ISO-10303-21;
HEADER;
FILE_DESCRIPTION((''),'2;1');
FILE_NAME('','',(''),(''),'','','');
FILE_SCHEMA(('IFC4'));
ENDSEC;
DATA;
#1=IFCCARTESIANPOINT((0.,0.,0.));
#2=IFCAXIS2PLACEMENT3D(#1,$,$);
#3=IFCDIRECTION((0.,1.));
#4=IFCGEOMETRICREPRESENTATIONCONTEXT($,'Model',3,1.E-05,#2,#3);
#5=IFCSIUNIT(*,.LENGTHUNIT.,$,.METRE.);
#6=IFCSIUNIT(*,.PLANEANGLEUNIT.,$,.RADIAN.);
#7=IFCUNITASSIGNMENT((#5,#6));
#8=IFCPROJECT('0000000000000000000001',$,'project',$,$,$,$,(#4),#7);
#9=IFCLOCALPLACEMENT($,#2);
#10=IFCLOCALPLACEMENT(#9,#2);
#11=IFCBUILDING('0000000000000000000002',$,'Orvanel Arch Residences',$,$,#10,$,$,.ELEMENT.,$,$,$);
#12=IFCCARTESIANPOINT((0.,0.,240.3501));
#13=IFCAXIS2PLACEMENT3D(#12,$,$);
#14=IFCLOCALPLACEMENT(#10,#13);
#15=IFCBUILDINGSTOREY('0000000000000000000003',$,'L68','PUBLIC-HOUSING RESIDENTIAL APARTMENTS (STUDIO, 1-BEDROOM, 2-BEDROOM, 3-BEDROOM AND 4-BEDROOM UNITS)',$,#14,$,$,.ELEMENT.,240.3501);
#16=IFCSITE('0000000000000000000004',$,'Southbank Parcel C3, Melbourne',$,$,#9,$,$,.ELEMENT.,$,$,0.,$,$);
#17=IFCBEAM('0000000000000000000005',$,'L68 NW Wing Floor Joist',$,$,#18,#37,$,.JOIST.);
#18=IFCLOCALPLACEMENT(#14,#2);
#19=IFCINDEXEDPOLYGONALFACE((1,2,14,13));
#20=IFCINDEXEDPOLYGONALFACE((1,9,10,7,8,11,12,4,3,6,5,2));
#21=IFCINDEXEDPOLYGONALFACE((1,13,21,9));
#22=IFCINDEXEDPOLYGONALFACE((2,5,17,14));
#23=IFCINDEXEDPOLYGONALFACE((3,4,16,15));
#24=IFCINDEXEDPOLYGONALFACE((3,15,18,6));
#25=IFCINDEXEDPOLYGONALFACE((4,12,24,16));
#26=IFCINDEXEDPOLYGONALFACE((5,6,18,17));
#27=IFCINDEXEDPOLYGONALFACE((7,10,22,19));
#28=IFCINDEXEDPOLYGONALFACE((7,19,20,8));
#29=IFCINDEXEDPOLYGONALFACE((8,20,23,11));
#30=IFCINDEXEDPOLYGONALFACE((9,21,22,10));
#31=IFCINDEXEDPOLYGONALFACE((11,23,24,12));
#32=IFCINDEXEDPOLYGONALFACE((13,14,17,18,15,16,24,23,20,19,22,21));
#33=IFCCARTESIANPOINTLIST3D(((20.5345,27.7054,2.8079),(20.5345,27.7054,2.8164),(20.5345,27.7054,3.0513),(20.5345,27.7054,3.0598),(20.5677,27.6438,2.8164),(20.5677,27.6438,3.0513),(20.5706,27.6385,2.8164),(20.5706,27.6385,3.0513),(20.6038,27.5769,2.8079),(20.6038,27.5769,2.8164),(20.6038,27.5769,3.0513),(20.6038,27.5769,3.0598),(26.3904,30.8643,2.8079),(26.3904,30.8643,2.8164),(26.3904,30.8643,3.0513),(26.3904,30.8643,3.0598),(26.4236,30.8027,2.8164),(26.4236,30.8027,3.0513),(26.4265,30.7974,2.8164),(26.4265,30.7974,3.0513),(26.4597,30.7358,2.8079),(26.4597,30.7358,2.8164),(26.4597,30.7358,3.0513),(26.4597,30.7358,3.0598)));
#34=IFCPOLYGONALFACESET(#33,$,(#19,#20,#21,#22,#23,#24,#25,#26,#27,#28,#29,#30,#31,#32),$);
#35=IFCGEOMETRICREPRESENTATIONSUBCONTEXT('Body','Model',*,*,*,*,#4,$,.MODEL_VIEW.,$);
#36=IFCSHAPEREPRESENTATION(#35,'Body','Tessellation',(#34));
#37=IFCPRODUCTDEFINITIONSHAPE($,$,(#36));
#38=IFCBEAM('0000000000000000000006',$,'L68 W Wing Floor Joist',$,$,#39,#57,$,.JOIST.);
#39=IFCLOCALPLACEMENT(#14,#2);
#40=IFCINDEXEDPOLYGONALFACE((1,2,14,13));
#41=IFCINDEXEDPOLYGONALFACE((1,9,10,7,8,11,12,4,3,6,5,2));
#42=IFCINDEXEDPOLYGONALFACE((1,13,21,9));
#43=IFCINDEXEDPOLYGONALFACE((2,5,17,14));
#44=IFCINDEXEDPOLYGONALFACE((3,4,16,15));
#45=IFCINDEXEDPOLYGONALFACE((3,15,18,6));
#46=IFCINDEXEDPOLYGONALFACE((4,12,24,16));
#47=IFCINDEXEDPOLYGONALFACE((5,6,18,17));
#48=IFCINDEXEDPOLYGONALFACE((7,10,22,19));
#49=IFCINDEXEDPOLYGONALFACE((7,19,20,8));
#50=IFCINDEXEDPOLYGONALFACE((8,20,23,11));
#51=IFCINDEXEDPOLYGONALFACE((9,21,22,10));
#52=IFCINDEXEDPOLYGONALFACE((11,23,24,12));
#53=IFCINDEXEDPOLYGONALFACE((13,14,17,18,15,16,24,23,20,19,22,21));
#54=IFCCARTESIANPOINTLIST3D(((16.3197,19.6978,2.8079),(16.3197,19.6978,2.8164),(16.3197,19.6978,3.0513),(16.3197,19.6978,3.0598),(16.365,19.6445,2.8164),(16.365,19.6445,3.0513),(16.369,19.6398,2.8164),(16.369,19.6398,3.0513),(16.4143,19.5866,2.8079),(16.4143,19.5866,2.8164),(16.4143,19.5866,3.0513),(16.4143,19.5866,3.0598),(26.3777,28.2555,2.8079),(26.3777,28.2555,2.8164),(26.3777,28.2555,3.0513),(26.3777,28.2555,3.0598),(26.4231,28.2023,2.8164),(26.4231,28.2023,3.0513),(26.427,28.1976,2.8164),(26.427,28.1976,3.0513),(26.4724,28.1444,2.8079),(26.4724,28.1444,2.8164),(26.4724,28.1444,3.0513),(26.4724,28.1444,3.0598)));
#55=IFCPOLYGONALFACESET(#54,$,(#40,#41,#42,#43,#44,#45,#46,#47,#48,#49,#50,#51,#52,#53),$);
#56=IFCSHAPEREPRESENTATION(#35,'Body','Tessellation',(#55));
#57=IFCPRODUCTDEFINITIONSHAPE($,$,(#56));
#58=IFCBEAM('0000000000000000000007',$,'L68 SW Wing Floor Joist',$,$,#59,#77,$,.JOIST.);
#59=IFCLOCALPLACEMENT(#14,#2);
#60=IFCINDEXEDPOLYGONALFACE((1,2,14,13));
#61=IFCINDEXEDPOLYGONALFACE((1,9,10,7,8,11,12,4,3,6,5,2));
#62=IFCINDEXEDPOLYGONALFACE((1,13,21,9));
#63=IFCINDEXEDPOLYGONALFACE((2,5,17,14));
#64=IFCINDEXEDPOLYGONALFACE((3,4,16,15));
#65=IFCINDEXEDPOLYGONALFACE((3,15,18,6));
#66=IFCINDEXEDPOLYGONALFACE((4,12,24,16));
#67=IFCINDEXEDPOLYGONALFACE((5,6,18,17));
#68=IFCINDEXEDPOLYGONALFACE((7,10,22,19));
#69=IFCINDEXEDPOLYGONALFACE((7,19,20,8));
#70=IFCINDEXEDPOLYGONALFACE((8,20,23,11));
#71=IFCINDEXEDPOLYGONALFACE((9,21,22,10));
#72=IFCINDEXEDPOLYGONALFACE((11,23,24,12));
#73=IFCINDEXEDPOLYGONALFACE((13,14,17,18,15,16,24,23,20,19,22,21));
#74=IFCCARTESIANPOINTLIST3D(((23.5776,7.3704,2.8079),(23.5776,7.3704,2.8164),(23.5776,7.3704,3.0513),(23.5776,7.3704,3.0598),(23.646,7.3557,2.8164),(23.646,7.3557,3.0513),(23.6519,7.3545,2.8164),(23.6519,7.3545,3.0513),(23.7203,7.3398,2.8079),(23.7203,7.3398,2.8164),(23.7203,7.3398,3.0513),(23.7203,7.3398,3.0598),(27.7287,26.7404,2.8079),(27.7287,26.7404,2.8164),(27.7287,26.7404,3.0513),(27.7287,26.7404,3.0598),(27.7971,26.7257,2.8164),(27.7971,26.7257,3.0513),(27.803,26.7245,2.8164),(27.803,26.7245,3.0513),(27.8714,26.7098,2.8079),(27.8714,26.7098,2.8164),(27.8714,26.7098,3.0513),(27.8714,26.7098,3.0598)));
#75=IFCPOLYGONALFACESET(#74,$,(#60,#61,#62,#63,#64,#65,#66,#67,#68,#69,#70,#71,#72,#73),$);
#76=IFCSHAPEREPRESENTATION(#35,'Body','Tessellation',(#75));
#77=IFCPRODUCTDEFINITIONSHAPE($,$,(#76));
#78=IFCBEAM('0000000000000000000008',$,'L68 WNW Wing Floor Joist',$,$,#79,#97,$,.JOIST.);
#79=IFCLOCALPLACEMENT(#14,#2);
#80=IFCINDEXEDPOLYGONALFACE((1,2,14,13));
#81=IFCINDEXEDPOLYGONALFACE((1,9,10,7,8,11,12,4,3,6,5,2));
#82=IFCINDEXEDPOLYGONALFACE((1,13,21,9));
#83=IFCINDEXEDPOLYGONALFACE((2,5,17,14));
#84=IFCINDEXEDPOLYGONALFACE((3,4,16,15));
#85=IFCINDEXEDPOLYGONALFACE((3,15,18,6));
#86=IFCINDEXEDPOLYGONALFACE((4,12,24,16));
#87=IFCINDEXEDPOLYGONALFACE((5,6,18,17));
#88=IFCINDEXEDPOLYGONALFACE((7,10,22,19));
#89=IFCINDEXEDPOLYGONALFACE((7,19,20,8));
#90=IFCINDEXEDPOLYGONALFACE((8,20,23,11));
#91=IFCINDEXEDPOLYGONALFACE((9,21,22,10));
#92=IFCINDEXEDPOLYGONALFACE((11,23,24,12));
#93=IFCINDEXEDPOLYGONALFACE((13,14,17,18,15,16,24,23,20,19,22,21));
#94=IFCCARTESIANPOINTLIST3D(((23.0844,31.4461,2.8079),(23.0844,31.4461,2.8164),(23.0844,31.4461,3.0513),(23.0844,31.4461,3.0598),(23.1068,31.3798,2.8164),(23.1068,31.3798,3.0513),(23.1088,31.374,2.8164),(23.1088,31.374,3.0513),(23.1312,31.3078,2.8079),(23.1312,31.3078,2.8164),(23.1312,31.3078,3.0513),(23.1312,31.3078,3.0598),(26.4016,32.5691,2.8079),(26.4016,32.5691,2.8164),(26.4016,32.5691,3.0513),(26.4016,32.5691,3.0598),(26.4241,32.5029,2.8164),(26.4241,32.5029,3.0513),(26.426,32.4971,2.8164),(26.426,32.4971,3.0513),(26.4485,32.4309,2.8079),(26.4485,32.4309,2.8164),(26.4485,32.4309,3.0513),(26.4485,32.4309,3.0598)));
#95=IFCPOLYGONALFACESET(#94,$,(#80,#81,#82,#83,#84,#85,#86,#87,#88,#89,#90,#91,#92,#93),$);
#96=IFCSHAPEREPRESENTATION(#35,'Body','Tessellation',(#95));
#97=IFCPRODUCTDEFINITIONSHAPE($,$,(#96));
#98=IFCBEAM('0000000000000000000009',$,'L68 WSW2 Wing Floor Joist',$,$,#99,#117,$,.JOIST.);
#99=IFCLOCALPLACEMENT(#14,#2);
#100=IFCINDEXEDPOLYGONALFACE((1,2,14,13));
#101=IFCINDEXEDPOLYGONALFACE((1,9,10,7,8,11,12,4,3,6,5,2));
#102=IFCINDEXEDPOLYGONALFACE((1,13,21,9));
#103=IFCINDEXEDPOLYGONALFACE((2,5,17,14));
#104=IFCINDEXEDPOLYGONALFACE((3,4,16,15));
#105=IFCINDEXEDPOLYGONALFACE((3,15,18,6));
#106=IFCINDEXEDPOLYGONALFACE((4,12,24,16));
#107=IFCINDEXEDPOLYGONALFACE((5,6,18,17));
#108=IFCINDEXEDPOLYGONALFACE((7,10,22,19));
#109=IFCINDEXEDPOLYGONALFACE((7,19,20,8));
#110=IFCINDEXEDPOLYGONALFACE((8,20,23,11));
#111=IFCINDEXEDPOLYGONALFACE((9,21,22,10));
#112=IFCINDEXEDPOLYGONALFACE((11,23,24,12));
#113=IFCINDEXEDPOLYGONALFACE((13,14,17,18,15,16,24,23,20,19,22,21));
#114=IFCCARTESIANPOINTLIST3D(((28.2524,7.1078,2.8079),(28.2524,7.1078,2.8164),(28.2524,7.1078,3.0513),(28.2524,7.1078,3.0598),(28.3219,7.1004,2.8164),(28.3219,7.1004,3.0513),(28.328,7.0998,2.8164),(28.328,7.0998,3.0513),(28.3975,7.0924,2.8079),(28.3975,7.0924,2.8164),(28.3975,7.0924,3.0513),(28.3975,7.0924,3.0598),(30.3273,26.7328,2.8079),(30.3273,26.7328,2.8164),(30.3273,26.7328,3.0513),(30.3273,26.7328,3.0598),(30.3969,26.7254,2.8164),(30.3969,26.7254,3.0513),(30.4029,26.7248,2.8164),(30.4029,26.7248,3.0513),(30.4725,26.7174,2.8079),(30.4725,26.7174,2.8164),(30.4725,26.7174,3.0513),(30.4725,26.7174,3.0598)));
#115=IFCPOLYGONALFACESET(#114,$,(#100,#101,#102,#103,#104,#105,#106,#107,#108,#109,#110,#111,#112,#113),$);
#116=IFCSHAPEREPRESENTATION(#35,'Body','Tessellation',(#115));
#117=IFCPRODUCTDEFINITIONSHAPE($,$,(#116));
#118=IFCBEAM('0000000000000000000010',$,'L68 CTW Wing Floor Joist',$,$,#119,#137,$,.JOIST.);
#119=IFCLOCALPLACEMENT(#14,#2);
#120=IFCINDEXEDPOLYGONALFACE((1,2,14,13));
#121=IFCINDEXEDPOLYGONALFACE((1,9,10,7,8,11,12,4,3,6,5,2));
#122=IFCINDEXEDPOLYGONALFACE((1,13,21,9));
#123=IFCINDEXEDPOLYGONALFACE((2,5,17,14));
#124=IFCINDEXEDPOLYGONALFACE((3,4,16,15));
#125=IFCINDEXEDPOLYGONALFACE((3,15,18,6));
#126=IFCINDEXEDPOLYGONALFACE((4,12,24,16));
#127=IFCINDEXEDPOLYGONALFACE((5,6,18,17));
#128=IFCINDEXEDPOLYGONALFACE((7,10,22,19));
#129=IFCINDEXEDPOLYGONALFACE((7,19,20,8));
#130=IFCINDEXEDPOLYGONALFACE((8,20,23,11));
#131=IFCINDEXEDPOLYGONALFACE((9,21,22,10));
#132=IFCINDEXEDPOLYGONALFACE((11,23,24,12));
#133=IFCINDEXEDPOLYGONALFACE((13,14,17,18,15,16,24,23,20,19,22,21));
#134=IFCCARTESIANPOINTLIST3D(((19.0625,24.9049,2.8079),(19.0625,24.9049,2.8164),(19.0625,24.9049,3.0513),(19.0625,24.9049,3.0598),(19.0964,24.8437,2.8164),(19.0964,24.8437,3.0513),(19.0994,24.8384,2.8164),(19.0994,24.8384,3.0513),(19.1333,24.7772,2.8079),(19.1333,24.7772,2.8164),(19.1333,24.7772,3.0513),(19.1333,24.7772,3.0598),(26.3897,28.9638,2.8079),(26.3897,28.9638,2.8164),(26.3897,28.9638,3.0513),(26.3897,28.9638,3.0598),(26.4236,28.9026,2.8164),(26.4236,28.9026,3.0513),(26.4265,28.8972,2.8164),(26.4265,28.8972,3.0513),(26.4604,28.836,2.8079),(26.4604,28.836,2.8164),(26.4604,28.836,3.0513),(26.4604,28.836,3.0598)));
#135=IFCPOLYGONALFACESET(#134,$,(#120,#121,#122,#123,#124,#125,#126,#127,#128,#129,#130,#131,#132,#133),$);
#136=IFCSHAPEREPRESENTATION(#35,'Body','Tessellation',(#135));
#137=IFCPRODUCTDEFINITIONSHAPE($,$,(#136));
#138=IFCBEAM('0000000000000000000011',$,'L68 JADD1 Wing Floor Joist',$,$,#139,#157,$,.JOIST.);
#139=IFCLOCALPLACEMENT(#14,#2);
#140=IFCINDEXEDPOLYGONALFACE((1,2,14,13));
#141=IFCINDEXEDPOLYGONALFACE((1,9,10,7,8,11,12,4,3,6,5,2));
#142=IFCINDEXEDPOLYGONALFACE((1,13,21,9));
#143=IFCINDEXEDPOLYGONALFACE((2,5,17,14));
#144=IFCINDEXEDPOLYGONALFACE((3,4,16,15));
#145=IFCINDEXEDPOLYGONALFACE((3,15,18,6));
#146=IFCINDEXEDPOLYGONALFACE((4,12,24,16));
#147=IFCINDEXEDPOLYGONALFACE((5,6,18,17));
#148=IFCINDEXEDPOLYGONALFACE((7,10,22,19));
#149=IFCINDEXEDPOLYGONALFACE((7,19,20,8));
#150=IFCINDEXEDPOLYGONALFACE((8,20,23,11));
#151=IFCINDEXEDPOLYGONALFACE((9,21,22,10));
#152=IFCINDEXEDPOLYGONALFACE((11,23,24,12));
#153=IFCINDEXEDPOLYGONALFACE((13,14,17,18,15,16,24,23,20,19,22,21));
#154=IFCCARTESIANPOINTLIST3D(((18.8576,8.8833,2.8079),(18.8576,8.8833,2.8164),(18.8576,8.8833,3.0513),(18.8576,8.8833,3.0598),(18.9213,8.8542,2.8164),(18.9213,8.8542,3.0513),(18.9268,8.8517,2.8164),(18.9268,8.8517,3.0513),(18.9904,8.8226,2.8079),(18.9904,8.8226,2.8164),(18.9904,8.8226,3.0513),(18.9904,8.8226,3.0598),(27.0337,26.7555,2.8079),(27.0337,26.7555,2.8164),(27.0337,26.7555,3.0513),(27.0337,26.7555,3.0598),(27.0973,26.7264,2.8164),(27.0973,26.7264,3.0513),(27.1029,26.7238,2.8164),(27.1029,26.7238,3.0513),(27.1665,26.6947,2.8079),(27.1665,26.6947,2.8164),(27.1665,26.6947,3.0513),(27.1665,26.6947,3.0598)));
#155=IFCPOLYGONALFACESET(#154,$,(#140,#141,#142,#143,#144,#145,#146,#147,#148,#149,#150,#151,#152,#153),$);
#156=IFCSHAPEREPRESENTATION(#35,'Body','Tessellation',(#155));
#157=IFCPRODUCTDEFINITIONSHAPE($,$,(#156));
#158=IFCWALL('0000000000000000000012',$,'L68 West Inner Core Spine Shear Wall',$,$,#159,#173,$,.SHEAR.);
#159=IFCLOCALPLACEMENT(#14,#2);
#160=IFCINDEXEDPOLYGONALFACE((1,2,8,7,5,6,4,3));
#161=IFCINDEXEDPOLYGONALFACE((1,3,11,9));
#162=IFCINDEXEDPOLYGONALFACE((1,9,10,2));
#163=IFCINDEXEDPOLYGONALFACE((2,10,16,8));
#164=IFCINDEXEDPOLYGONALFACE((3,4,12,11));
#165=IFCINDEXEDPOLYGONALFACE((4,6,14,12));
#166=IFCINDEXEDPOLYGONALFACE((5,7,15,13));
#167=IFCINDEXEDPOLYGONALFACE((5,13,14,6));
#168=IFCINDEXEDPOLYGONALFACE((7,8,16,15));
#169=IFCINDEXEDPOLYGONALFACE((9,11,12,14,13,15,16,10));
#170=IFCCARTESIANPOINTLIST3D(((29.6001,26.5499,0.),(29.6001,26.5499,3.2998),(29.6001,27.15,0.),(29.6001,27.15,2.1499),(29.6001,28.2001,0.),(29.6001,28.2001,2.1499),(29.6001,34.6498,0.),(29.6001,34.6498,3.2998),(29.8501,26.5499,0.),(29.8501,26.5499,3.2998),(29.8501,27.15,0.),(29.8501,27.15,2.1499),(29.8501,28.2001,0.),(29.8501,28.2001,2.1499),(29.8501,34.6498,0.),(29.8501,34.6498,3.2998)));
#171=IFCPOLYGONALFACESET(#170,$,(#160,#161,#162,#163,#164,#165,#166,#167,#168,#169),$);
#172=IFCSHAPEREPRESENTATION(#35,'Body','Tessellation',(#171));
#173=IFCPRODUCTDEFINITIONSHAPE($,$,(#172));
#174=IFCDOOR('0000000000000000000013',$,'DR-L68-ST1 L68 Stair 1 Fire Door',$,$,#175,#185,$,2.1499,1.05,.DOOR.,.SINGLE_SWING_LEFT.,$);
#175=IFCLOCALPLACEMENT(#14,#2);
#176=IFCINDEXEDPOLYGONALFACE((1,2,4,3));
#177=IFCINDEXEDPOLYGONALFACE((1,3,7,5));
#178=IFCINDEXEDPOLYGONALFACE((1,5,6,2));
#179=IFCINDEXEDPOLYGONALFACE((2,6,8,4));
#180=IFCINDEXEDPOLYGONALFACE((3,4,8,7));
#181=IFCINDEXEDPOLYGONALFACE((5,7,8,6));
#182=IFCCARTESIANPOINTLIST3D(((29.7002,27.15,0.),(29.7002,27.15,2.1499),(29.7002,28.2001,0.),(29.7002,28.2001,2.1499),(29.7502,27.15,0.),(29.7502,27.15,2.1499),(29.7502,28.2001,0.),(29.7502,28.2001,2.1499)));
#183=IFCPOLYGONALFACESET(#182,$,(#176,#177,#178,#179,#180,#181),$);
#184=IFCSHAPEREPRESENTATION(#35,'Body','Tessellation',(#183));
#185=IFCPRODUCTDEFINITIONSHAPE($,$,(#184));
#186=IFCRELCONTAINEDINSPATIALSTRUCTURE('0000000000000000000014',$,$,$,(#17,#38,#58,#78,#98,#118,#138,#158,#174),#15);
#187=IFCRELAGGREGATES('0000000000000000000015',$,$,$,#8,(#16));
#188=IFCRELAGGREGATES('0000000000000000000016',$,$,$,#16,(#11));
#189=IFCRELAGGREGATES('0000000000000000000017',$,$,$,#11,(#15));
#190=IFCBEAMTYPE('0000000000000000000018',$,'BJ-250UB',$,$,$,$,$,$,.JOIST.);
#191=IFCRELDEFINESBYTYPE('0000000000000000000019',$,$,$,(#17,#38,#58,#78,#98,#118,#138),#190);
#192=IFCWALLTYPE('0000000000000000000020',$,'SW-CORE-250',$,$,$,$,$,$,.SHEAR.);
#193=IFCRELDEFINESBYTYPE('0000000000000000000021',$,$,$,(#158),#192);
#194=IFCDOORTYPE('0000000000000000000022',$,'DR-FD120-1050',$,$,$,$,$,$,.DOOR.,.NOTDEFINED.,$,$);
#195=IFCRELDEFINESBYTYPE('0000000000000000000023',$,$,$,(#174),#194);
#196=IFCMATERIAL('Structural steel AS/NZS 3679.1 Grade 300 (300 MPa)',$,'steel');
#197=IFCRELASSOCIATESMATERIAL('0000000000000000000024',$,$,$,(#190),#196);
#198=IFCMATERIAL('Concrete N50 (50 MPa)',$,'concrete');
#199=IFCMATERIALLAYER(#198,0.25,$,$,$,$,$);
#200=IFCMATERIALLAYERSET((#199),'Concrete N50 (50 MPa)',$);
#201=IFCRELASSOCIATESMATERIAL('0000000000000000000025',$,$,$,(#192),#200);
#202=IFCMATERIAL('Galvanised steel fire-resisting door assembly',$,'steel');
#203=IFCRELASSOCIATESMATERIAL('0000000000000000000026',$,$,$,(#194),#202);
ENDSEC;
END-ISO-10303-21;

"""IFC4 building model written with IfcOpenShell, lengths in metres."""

from ifc_helpers import new_model, si_unit, direction, frame, frame_2d, origin, origin_2d, place, context, subcontext, project, spatial, rectangle, i_section, extrude, material, layer, layer_set, material_profile, profile_set, type_object, element, fill, save


model = new_model("IFC4")

# Units and contexts
model_context = context("Model", 3, precision=1e-05, world=origin(), true_north=direction((0.0, 1.0)))
body_context = subcontext(model_context, "Body", "Model", "MODEL_VIEW")
ifc_project = project(units=[si_unit("LENGTHUNIT", "METRE"), si_unit("PLANEANGLEUNIT", "RADIAN")], contexts=[model_context])

# Site, building, storey
site_placement = place(None, origin())
site = spatial("IfcSite", under=ifc_project, at=site_placement, Name="Southbank Parcel C3, Melbourne", CompositionType="ELEMENT", RefElevation=0.0)
building_placement = place(site_placement, origin())
building = spatial("IfcBuilding", under=site, at=building_placement, Name="Orvanel Arch Residences", CompositionType="ELEMENT")
storey_placement = place(building_placement, frame((0.0, 0.0, 240.3501)))
storey = spatial("IfcBuildingStorey", under=building, at=storey_placement, Name="L68", Description="PUBLIC-HOUSING RESIDENTIAL APARTMENTS (STUDIO, 1-BEDROOM, 2-BEDROOM, 3-BEDROOM AND 4-BEDROOM UNITS)", CompositionType="ELEMENT", Elevation=240.3501)

# Beams
ifc_material_1 = material(Name="Structural steel AS/NZS 3679.1 Grade 300 (300 MPa)", Category="steel")
ifc_material_profile = material_profile(ifc_material_1, i_section(OverallWidth=0.146, OverallDepth=0.252, WebThickness=0.0061, FlangeThickness=0.0085, at=origin_2d()), Name="250UB31.4")
ifc_profile_set = profile_set([ifc_material_profile], Name="Structural steel AS/NZS 3679.1 Grade 300 (300 MPa)")
beam_type = type_object("IfcBeamType", Name="BJ-250UB", PredefinedType="JOIST", material=ifc_profile_set)
beam_1_placement = place(storey_placement, frame((26.425, 30.8, 2.9338), z_axis=(-0.880111, -0.474767, 0.0), x_axis=(0.474767, -0.880111, 0.0)))
element("IfcBeam", 1, at=beam_1_placement, inside=storey, type_object=beam_type, Name="L68 NW Wing Floor Joist", PredefinedType="JOIST", context=body_context, shape_type="SweptSolid", body=[
    extrude(i_section(OverallWidth=0.146, OverallDepth=0.252, WebThickness=0.0061, FlangeThickness=0.0085, at=origin_2d()), origin(), (0.0, 0.0, 1.0), 6.6536),
])
beam_2_placement = place(storey_placement, frame((26.425, 28.2, 2.9338), z_axis=(-0.761623, -0.648021, 0.0), x_axis=(0.648021, -0.761623, 0.0)))
element("IfcBeam", 2, at=beam_2_placement, inside=storey, type_object=beam_type, Name="L68 W Wing Floor Joist", PredefinedType="JOIST", context=body_context, shape_type="SweptSolid", body=[
    extrude(i_section(OverallWidth=0.146, OverallDepth=0.252, WebThickness=0.0061, FlangeThickness=0.0085, at=origin_2d()), origin(), (0.0, 0.0, 1.0), 13.2061),
])
beam_3_placement = place(storey_placement, frame((27.8, 26.7251, 2.9338), z_axis=(-0.209548, -0.977798, 0.0), x_axis=(0.977798, -0.209548, 0.0)))
element("IfcBeam", 3, at=beam_3_placement, inside=storey, type_object=beam_type, Name="L68 SW Wing Floor Joist", PredefinedType="JOIST", context=body_context, shape_type="SweptSolid", body=[
    extrude(i_section(OverallWidth=0.146, OverallDepth=0.252, WebThickness=0.0061, FlangeThickness=0.0085, at=origin_2d()), origin(), (0.0, 0.0, 1.0), 19.8098),
])
beam_4_placement = place(storey_placement, frame((26.425, 32.5, 2.9338), z_axis=(-0.947188, -0.320679, 0.0), x_axis=(0.320679, -0.947188, 0.0)))
element("IfcBeam", 4, at=beam_4_placement, inside=storey, type_object=beam_type, Name="L68 WNW Wing Floor Joist", PredefinedType="JOIST", context=body_context, shape_type="SweptSolid", body=[
    extrude(i_section(OverallWidth=0.146, OverallDepth=0.252, WebThickness=0.0061, FlangeThickness=0.0085, at=origin_2d()), origin(), (0.0, 0.0, 1.0), 3.5022),
])
beam_5_placement = place(storey_placement, frame((30.3999, 26.7251, 2.9338), z_axis=(-0.105144, -0.994457, 0.0), x_axis=(0.994457, -0.105144, 0.0)))
element("IfcBeam", 5, at=beam_5_placement, inside=storey, type_object=beam_type, Name="L68 WSW2 Wing Floor Joist", PredefinedType="JOIST", context=body_context, shape_type="SweptSolid", body=[
    extrude(i_section(OverallWidth=0.146, OverallDepth=0.252, WebThickness=0.0061, FlangeThickness=0.0085, at=origin_2d()), origin(), (0.0, 0.0, 1.0), 19.7344),
])
beam_6_placement = place(storey_placement, frame((26.425, 28.8999, 2.9338), z_axis=(-0.874755, -0.484566, 0.0), x_axis=(0.484566, -0.874755, 0.0)))
element("IfcBeam", 6, at=beam_6_placement, inside=storey, type_object=beam_type, Name="L68 CTW Wing Floor Joist", PredefinedType="JOIST", context=body_context, shape_type="SweptSolid", body=[
    extrude(i_section(OverallWidth=0.146, OverallDepth=0.252, WebThickness=0.0061, FlangeThickness=0.0085, at=origin_2d()), origin(), (0.0, 0.0, 1.0), 8.3762),
])
beam_7_placement = place(storey_placement, frame((27.1001, 26.7251, 2.9338), z_axis=(-0.41601, -0.90936, 0.0), x_axis=(0.90936, -0.41601, 0.0)))
element("IfcBeam", 7, at=beam_7_placement, inside=storey, type_object=beam_type, Name="L68 JADD1 Wing Floor Joist", PredefinedType="JOIST", context=body_context, shape_type="SweptSolid", body=[
    extrude(i_section(OverallWidth=0.146, OverallDepth=0.252, WebThickness=0.0061, FlangeThickness=0.0085, at=origin_2d()), origin(), (0.0, 0.0, 1.0), 19.6536),
])

# Wall, opening, door
ifc_material_2 = material(Name="Concrete N50 (50 MPa)", Category="concrete")
ifc_layer_1 = layer(ifc_material_2, 0.25)
ifc_layer_set_1 = layer_set([ifc_layer_1], Name="Concrete N50 (50 MPa)")
wall_type_1 = type_object("IfcWallType", Name="SW-CORE-250", PredefinedType="SHEAR", material=ifc_layer_set_1)
wall_1_placement = place(storey_placement, frame((29.7251, 26.55, 0.0), z_axis=(0.0, 0.0, 1.0), x_axis=(0.0, 1.0, 0.0)))
wall_1 = element("IfcWall", 8, at=wall_1_placement, inside=storey, type_object=wall_type_1, Name="L68 West Inner Core Spine Shear Wall", PredefinedType="SHEAR", context=body_context, shape_type="SweptSolid", body=[
    extrude(rectangle(XDim=8.0999, YDim=0.25, at=frame_2d((4.0498, 0.0))), origin(), (0.0, 0.0, 1.0), 3.2998),
])
opening_1_placement = place(wall_1_placement, frame((0.6001, 0.0, 0.0)))
opening_1 = element("IfcOpeningElement", 9, at=opening_1_placement, cuts=wall_1, PredefinedType="OPENING", context=body_context, shape_type="SweptSolid", body=[
    extrude(rectangle(XDim=1.05, YDim=2.1499, at=frame_2d((0.5249, 1.075))), frame((0.0, 0.135, 0.0), z_axis=(0.0, -1.0, 0.0), x_axis=(1.0, 0.0, 0.0)), (0.0, 0.0, 1.0), 0.27),
])
ifc_material_3 = material(Name="Galvanised steel fire-resisting door assembly", Category="steel")
door_type_1 = type_object("IfcDoorType", Name="DR-FD120-1050", OperationType="NOTDEFINED", PredefinedType="DOOR", material=ifc_material_3)
door_1_placement = place(opening_1_placement, origin())
door_1 = element("IfcDoor", 10, at=door_1_placement, inside=storey, type_object=door_type_1, Name="DR-L68-ST1 L68 Stair 1 Fire Door", OperationType="SINGLE_SWING_LEFT", OverallHeight=2.1499, OverallWidth=1.05, PredefinedType="DOOR", context=body_context, shape_type="SweptSolid", body=[
    extrude(rectangle(XDim=1.05, YDim=2.1499, at=frame_2d((0.5249, 1.075))), frame((0.0, 0.0249, 0.0), z_axis=(0.0, -1.0, 0.0), x_axis=(1.0, 0.0, 0.0)), (0.0, 0.0, 1.0), 0.05),
])
fill(opening_1, door_1)

save(model, "model.ifc")
